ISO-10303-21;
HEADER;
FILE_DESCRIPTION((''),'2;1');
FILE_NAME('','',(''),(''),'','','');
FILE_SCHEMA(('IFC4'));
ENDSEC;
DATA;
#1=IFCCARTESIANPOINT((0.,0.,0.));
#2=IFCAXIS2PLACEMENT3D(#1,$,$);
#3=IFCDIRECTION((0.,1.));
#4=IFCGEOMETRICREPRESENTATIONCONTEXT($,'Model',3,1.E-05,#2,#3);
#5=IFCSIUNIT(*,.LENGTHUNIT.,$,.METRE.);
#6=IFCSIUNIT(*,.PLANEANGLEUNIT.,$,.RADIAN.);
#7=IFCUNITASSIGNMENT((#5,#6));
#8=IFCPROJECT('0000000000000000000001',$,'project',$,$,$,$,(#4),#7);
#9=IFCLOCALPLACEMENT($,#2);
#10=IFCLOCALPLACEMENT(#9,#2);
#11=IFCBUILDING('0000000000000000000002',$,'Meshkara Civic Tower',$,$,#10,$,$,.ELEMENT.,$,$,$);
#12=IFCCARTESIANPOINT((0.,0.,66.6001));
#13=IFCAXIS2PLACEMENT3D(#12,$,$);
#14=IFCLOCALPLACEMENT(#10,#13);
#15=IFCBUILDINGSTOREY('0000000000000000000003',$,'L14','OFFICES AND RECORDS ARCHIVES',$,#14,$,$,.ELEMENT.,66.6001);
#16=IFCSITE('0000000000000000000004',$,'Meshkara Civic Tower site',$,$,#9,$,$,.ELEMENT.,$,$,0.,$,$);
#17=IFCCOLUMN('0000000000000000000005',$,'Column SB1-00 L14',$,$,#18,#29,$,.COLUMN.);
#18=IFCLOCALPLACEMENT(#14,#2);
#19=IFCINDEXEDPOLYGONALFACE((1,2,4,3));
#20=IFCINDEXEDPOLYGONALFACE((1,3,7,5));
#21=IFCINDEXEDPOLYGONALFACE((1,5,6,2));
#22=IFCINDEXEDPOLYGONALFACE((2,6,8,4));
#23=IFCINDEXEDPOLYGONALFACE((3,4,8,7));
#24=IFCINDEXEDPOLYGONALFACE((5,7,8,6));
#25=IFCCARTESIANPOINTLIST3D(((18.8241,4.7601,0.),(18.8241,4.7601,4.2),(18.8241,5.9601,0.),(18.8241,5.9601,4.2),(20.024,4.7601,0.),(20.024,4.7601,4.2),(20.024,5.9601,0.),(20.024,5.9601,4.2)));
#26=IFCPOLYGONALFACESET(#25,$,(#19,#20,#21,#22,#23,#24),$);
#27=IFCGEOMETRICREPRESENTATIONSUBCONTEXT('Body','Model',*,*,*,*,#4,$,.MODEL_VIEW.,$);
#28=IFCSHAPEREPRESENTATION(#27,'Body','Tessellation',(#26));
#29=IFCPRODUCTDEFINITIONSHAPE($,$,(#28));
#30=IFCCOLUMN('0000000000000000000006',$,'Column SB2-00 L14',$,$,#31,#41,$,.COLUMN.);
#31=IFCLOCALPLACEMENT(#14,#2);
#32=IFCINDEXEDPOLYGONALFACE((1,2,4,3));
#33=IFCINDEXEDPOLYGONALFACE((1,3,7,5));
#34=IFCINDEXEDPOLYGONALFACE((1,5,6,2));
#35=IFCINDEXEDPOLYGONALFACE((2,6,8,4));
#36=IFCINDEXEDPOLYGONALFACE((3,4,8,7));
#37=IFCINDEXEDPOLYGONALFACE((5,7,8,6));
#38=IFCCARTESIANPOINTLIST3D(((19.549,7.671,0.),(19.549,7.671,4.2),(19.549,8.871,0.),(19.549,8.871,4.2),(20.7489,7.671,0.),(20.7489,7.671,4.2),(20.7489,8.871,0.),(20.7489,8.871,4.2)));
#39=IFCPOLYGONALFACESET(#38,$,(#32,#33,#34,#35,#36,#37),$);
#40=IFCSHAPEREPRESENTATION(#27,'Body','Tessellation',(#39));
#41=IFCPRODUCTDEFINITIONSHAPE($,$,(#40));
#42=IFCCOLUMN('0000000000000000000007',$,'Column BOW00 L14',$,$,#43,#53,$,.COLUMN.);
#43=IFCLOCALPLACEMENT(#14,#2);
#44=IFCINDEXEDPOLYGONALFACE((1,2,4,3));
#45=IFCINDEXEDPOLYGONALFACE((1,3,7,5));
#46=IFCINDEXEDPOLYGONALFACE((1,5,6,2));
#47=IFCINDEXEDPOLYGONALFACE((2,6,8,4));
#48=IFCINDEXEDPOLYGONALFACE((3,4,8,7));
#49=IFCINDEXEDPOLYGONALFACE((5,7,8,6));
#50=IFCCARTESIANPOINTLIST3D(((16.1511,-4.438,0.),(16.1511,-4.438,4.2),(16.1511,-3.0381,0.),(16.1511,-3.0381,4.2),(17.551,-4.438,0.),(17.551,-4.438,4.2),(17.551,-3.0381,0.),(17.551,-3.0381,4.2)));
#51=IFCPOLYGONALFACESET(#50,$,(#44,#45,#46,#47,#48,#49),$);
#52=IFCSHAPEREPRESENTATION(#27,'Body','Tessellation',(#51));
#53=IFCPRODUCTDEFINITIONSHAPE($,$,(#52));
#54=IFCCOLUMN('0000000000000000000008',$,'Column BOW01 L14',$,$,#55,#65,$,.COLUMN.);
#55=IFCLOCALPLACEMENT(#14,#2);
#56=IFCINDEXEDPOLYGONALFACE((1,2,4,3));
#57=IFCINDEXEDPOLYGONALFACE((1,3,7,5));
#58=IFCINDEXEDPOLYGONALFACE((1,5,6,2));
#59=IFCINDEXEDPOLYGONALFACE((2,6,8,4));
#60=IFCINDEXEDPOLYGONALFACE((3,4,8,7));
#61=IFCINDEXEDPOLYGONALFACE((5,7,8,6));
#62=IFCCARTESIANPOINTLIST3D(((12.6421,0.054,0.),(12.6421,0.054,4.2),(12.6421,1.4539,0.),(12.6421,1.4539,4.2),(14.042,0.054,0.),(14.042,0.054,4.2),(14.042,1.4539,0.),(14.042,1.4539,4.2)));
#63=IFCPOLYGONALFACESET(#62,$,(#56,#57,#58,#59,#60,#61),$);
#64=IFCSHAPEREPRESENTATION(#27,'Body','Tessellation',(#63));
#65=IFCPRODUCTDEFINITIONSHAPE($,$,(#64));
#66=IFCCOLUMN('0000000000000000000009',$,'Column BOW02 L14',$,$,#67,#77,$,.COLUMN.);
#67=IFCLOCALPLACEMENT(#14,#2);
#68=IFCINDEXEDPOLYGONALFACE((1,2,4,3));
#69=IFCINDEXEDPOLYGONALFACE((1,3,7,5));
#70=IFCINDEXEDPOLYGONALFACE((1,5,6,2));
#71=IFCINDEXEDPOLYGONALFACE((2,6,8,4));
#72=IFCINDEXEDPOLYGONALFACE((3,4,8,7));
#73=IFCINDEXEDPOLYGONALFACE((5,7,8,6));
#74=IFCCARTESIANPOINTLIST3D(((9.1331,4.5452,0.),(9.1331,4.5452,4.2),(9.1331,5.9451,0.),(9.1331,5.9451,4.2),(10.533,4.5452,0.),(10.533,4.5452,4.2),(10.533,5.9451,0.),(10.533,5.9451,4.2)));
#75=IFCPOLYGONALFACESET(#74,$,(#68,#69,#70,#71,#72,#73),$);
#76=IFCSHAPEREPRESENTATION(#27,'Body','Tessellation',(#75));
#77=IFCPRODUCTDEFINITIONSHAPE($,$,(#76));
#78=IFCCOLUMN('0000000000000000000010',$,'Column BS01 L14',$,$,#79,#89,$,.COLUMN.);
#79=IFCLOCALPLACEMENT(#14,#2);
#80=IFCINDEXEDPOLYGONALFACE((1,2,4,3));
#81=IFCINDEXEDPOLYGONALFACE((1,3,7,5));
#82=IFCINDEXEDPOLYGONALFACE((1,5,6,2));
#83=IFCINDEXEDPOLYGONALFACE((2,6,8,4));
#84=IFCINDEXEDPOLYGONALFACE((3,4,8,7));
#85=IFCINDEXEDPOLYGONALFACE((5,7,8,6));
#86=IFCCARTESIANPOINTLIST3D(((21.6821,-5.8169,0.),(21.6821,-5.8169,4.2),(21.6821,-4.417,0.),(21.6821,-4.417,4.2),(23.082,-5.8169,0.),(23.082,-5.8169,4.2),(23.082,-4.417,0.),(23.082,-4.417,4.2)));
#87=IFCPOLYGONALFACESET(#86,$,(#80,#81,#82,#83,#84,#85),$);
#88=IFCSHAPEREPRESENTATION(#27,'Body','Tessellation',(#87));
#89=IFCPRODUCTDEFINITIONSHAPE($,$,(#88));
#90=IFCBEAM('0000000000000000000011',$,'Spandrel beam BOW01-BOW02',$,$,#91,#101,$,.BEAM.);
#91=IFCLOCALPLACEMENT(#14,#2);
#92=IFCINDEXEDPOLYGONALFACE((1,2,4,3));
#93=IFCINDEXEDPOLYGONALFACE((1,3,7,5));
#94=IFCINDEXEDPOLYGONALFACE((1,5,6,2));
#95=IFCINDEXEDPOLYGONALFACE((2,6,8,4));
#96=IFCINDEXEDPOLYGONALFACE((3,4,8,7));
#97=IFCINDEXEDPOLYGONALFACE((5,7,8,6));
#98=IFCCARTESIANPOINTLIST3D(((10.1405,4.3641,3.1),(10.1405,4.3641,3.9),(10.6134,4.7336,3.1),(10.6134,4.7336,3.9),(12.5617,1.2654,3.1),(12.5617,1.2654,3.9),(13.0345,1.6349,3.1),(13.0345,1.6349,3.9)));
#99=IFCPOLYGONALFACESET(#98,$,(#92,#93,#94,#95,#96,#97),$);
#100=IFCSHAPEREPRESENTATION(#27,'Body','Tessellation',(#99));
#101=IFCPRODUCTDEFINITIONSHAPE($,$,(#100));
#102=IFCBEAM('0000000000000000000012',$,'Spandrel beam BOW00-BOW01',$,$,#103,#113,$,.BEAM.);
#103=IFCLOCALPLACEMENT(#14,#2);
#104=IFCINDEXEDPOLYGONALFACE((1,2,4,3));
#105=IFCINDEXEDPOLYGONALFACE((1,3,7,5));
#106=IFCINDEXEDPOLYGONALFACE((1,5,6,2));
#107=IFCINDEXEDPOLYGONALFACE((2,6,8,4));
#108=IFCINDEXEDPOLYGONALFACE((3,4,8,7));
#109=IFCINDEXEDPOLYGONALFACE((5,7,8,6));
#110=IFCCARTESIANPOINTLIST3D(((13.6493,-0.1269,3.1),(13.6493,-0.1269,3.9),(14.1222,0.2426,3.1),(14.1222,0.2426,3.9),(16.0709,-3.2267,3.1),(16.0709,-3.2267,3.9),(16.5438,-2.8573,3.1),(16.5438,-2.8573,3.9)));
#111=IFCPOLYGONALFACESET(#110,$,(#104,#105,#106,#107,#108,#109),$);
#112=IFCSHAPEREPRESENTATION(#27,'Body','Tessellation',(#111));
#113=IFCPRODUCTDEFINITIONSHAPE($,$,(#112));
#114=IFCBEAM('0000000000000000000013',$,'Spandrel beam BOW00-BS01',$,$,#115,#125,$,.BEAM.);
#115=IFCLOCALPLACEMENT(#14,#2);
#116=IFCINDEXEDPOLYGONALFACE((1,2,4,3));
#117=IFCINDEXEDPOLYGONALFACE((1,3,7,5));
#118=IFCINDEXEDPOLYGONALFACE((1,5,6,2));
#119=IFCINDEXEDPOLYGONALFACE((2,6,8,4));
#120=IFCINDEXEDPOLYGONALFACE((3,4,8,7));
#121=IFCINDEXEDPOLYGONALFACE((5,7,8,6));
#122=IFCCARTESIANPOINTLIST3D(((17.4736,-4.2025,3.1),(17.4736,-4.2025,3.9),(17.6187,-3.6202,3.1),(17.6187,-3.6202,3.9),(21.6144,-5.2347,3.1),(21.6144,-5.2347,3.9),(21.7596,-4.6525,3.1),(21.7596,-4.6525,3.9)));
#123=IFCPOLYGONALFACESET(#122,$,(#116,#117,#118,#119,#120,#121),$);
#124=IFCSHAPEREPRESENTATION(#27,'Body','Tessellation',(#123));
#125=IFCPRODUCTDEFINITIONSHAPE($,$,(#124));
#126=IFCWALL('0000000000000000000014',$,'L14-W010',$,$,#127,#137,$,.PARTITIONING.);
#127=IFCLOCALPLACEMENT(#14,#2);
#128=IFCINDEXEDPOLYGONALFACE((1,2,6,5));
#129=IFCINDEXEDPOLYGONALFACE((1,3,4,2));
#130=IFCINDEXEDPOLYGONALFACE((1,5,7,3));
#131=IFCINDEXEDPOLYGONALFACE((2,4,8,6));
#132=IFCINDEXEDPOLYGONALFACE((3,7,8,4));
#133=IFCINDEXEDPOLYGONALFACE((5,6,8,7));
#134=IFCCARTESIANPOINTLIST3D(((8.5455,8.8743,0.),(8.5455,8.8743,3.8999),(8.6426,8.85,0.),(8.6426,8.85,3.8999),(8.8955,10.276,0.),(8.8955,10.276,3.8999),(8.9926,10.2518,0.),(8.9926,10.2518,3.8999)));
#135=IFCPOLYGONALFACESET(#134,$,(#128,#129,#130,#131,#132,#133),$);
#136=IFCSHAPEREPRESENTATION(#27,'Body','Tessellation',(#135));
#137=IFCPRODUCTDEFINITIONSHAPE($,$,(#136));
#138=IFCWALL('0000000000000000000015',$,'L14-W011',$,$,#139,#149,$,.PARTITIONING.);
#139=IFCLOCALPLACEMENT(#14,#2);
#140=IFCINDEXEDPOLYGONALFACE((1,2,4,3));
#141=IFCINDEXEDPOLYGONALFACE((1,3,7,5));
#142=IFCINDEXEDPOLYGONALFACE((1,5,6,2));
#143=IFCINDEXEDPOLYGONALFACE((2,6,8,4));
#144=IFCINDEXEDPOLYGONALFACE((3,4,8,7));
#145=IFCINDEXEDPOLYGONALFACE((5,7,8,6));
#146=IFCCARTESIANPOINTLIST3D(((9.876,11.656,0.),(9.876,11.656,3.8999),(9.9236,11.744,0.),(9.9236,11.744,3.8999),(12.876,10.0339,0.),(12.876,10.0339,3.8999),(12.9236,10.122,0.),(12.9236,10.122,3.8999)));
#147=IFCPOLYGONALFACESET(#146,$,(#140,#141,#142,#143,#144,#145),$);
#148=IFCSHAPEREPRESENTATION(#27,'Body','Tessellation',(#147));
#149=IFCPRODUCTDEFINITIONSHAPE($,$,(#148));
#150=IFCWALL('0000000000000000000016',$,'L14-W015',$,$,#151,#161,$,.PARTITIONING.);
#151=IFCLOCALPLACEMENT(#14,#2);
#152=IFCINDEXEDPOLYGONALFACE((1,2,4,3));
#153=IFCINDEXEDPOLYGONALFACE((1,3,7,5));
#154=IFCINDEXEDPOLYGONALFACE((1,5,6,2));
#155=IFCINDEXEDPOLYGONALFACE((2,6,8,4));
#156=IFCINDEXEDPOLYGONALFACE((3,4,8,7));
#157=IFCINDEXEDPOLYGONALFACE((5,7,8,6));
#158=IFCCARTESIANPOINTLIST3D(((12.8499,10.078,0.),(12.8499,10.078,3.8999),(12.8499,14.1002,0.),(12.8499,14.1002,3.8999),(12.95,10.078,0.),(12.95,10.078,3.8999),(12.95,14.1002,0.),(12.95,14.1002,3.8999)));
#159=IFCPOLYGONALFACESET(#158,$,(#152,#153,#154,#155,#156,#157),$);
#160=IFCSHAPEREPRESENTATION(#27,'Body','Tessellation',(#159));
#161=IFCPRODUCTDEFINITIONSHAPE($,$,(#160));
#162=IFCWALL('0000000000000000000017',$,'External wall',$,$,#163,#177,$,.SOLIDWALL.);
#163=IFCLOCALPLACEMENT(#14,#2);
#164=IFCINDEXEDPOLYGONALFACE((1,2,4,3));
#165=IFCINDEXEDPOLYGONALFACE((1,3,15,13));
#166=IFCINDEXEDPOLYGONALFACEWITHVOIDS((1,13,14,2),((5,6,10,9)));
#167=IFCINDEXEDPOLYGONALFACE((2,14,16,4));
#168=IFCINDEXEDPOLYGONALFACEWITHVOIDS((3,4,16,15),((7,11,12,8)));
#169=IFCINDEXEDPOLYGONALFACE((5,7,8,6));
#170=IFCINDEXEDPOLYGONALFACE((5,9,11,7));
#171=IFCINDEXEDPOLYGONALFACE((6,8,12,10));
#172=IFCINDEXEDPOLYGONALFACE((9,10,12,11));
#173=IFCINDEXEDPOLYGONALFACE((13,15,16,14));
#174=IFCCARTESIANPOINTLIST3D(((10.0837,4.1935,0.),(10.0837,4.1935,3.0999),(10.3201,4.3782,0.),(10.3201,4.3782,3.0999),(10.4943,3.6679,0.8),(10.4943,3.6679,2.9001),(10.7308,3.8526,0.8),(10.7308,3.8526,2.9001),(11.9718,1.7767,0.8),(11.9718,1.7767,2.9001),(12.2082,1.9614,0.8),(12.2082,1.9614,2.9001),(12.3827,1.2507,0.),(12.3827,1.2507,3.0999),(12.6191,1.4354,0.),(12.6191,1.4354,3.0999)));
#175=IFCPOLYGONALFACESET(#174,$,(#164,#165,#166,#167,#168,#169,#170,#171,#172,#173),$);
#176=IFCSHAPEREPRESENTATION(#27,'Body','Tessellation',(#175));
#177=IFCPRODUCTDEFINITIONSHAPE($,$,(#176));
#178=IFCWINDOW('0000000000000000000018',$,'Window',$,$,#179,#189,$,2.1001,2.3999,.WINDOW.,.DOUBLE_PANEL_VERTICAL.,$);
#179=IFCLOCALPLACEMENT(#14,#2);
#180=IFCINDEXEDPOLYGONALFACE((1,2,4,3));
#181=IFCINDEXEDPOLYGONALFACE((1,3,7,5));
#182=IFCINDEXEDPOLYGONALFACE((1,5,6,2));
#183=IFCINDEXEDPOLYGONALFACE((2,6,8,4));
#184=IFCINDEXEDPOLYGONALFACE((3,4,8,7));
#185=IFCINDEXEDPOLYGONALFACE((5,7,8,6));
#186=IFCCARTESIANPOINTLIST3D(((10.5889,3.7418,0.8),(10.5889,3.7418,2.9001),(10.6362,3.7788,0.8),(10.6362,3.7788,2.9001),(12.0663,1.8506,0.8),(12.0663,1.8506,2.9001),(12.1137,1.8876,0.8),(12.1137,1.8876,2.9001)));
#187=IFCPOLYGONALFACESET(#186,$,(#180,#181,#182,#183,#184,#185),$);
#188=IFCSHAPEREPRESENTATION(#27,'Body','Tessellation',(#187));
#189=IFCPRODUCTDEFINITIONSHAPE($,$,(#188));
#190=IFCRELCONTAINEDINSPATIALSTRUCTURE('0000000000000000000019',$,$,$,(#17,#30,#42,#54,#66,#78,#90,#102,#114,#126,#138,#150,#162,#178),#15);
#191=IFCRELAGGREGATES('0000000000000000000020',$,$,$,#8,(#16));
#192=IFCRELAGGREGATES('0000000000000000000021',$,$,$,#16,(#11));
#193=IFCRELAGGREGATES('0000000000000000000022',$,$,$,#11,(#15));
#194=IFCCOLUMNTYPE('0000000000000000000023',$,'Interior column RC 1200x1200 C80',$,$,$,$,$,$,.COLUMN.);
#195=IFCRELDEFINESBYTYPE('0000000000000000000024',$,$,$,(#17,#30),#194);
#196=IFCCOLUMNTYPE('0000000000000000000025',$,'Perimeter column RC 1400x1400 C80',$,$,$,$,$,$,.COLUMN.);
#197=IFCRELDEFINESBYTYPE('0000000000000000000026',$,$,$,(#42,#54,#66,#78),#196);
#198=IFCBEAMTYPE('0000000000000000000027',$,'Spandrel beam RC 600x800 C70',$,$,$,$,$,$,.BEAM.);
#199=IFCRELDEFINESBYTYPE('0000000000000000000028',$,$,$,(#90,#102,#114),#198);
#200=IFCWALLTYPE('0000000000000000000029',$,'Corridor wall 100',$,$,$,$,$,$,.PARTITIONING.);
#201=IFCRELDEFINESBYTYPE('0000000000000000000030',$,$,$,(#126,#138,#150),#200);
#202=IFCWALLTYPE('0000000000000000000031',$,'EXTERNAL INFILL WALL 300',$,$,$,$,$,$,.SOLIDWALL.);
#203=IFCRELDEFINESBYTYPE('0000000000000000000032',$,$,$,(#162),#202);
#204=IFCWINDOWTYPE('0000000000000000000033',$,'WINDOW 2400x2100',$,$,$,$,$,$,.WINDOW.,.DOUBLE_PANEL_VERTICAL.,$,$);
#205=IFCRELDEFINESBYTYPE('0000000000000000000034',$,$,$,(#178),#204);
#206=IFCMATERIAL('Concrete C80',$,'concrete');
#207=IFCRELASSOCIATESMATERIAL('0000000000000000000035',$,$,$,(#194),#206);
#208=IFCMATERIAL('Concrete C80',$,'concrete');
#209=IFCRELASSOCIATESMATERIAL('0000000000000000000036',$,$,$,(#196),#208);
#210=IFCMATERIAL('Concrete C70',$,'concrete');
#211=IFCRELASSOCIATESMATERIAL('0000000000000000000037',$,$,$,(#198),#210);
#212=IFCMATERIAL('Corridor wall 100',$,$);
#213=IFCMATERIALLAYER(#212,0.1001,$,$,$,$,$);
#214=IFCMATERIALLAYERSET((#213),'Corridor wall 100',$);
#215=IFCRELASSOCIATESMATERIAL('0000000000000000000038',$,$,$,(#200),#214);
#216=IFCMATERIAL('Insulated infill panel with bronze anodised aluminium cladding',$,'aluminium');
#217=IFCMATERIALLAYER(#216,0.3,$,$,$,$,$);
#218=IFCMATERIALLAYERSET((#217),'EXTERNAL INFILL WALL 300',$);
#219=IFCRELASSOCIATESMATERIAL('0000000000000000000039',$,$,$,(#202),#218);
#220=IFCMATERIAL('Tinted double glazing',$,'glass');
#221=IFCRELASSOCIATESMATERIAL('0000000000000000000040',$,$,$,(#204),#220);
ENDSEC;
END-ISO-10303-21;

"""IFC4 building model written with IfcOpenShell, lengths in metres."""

from ifc_helpers import new_model, si_unit, direction, frame, frame_2d, origin, origin_2d, place, context, subcontext, project, spatial, rectangle, extrude, material, layer, layer_set, material_profile, profile_set, type_object, element, fill, save


model = new_model("IFC4")

# Units and contexts
model_context = context("Model", 3, precision=1e-05, world=origin(), true_north=direction((0.0, 1.0)))
body_context = subcontext(model_context, "Body", "Model", "MODEL_VIEW")
ifc_project = project(units=[si_unit("LENGTHUNIT", "METRE"), si_unit("PLANEANGLEUNIT", "RADIAN")], contexts=[model_context])

# Site, building, storey
site_placement = place(None, origin())
site = spatial("IfcSite", under=ifc_project, at=site_placement, Name="Meshkara Civic Tower site", CompositionType="ELEMENT", RefElevation=0.0)
building_placement = place(site_placement, origin())
building = spatial("IfcBuilding", under=site, at=building_placement, Name="Meshkara Civic Tower", CompositionType="ELEMENT")
storey_placement = place(building_placement, frame((0.0, 0.0, 66.6001)))
storey = spatial("IfcBuildingStorey", under=building, at=storey_placement, Name="L14", Description="OFFICES AND RECORDS ARCHIVES", CompositionType="ELEMENT", Elevation=66.6001)

# Columns
ifc_material_1 = material(Name="Concrete C80", Category="concrete")
ifc_material_profile_1 = material_profile(ifc_material_1, rectangle(XDim=1.2, YDim=1.2, at=origin_2d()))
ifc_profile_set_1 = profile_set([ifc_material_profile_1], Name="Concrete C80")
column_type_1 = type_object("IfcColumnType", Name="Interior column RC 1200x1200 C80", PredefinedType="COLUMN", material=ifc_profile_set_1)
for number, where, z_axis, x_axis, name in (
    (1, (19.4241, 5.3601, 0.0), (0.0, 0.0, 1.0), (1.0, 0.0, 0.0), "Column SB1-00 L14"),
    (2, (20.1489, 8.271, 0.0), (0.0, 0.0, 1.0), (1.0, 0.0, 0.0), "Column SB2-00 L14"),
):
    element("IfcColumn", number, at=place(storey_placement, frame(where, z_axis=z_axis, x_axis=x_axis)), inside=storey, type_object=column_type_1, Name=name, PredefinedType="COLUMN", context=body_context, shape_type="SweptSolid", body=[
        extrude(rectangle(XDim=1.2, YDim=1.2, at=origin_2d()), origin(), (0.0, 0.0, 1.0), 4.2),
    ])
ifc_material_2 = material(Name="Concrete C80", Category="concrete")
ifc_material_profile_2 = material_profile(ifc_material_2, rectangle(XDim=1.3999, YDim=1.3999, at=origin_2d()))
ifc_profile_set_2 = profile_set([ifc_material_profile_2], Name="Concrete C80")
column_type_2 = type_object("IfcColumnType", Name="Perimeter column RC 1400x1400 C80", PredefinedType="COLUMN", material=ifc_profile_set_2)
for number, where, z_axis, x_axis, name in (
    (3, (16.8511, -3.738, 0.0), (0.0, 0.0, 1.0), (1.0, 0.0, 0.0), "Column BOW00 L14"),
    (4, (13.342, 0.7539, 0.0), (0.0, 0.0, 1.0), (1.0, 0.0, 0.0), "Column BOW01 L14"),
    (5, (9.833, 5.2451, 0.0), (0.0, 0.0, 1.0), (1.0, 0.0, 0.0), "Column BOW02 L14"),
    (6, (22.3821, -5.1169, 0.0), (0.0, 0.0, 1.0), (1.0, 0.0, 0.0), "Column BS01 L14"),
):
    element("IfcColumn", number, at=place(storey_placement, frame(where, z_axis=z_axis, x_axis=x_axis)), inside=storey, type_object=column_type_2, Name=name, PredefinedType="COLUMN", context=body_context, shape_type="SweptSolid", body=[
        extrude(rectangle(XDim=1.3999, YDim=1.3999, at=origin_2d()), origin(), (0.0, 0.0, 1.0), 4.2),
    ])

# Beams
ifc_material_3 = material(Name="Concrete C70", Category="concrete")
ifc_material_profile_3 = material_profile(ifc_material_3, rectangle(XDim=0.6001, YDim=0.8, at=origin_2d()))
ifc_profile_set_3 = profile_set([ifc_material_profile_3], Name="Concrete C70")
beam_type = type_object("IfcBeamType", Name="Spandrel beam RC 600x800 C70", PredefinedType="BEAM", material=ifc_profile_set_3)
beam_1_placement = place(storey_placement, frame((10.377, 4.5488, 3.5), z_axis=(0.615697, -0.787983, 0.0), x_axis=(0.787983, 0.615697, 0.0)))
element("IfcBeam", 7, at=beam_1_placement, inside=storey, type_object=beam_type, Name="Spandrel beam BOW01-BOW02", PredefinedType="BEAM", context=body_context, shape_type="SweptSolid", body=[
    extrude(rectangle(XDim=0.6001, YDim=0.8, at=origin_2d()), origin(), (0.0, 0.0, 1.0), 3.9324),
])
beam_2_placement = place(storey_placement, frame((13.8857, 0.0579, 3.5), z_axis=(0.615624, -0.78804, 0.0), x_axis=(0.78804, 0.615624, 0.0)))
element("IfcBeam", 8, at=beam_2_placement, inside=storey, type_object=beam_type, Name="Spandrel beam BOW00-BOW01", PredefinedType="BEAM", context=body_context, shape_type="SweptSolid", body=[
    extrude(rectangle(XDim=0.6001, YDim=0.8, at=origin_2d()), origin(), (0.0, 0.0, 1.0), 3.9336),
])
beam_3_placement = place(storey_placement, frame((17.5461, -3.9114, 3.5), z_axis=(0.970307, -0.241876, 0.0), x_axis=(0.241876, 0.970307, 0.0)))
element("IfcBeam", 9, at=beam_3_placement, inside=storey, type_object=beam_type, Name="Spandrel beam BOW00-BS01", PredefinedType="BEAM", context=body_context, shape_type="SweptSolid", body=[
    extrude(rectangle(XDim=0.6001, YDim=0.8, at=origin_2d()), origin(), (0.0, 0.0, 1.0), 4.2676),
])

# Walls
ifc_material_4 = material(Name="Corridor wall 100")
ifc_layer_1 = layer(ifc_material_4, 0.1001)
ifc_layer_set_1 = layer_set([ifc_layer_1], Name="Corridor wall 100")
wall_type_1 = type_object("IfcWallType", Name="Corridor wall 100", PredefinedType="PARTITIONING", material=ifc_layer_set_1)
wall_1_placement = place(storey_placement, frame((8.9441, 10.2639, 0.0), z_axis=(0.0, 0.0, 1.0), x_axis=(-0.242297, -0.970202, 0.0)))
element("IfcWall", 10, at=wall_1_placement, inside=storey, type_object=wall_type_1, Name="L14-W010", PredefinedType="PARTITIONING", context=body_context, shape_type="SweptSolid", body=[
    extrude(rectangle(XDim=1.4448, YDim=0.1001, at=frame_2d((0.7224, 0.0))), origin(), (0.0, 0.0, 1.0), 3.8999),
])
wall_2_placement = place(storey_placement, frame((9.8999, 11.7, 0.0), z_axis=(0.0, 0.0, 1.0), x_axis=(0.879651, -0.475619, 0.0)))
element("IfcWall", 11, at=wall_2_placement, inside=storey, type_object=wall_type_1, Name="L14-W011", PredefinedType="PARTITIONING", context=body_context, shape_type="SweptSolid", body=[
    extrude(rectangle(XDim=3.4104, YDim=0.1001, at=frame_2d((1.7051, 0.0))), origin(), (0.0, 0.0, 1.0), 3.8999),
])
wall_3_placement = place(storey_placement, frame((12.8999, 10.0779, 0.0), z_axis=(0.0, 0.0, 1.0), x_axis=(0.0, 1.0, 0.0)))
element("IfcWall", 12, at=wall_3_placement, inside=storey, type_object=wall_type_1, Name="L14-W015", PredefinedType="PARTITIONING", context=body_context, shape_type="SweptSolid", body=[
    extrude(rectangle(XDim=4.0222, YDim=0.1001, at=frame_2d((2.0112, 0.0))), origin(), (0.0, 0.0, 1.0), 3.8999),
])

# Wall, opening, window
ifc_material_5 = material(Name="Insulated infill panel with bronze anodised aluminium cladding", Category="aluminium")
ifc_layer_2 = layer(ifc_material_5, 0.3)
ifc_layer_set_2 = layer_set([ifc_layer_2], Name="EXTERNAL INFILL WALL 300")
wall_type_2 = type_object("IfcWallType", Name="EXTERNAL INFILL WALL 300", PredefinedType="SOLIDWALL", material=ifc_layer_set_2)
wall_4_placement = place(storey_placement, frame((10.2019, 4.2859, 0.0), z_axis=(0.0, 0.0, 1.0), x_axis=(0.615636, -0.78803, 0.0)))
wall_4 = element("IfcWall", 13, at=wall_4_placement, inside=storey, type_object=wall_type_2, Name="External wall", PredefinedType="SOLIDWALL", context=body_context, shape_type="SweptSolid", body=[
    extrude(rectangle(XDim=3.7344, YDim=0.3, at=frame_2d((1.8672, 0.0))), origin(), (0.0, 0.0, 1.0), 3.0999),
])
opening_1_placement = place(wall_4_placement, frame((0.667, 0.0, 0.8)))
opening_1 = element("IfcOpeningElement", 14, at=opening_1_placement, cuts=wall_4, PredefinedType="OPENING", context=body_context, shape_type="SweptSolid", body=[
    extrude(rectangle(XDim=2.3999, YDim=2.1001, at=frame_2d((1.2, 1.05))), frame((0.0, 0.1599, 0.0), z_axis=(0.0, -1.0, 0.0), x_axis=(1.0, 0.0, 0.0)), (0.0, 0.0, 1.0), 0.3201),
])
ifc_material_6 = material(Name="Tinted double glazing", Category="glass")
window_type = type_object("IfcWindowType", Name="WINDOW 2400x2100", PartitioningType="DOUBLE_PANEL_VERTICAL", PredefinedType="WINDOW", material=ifc_material_6)
window_1_placement = place(opening_1_placement, origin())
window_1 = element("IfcWindow", 15, at=window_1_placement, inside=storey, type_object=window_type, Name="Window", OverallHeight=2.1001, OverallWidth=2.3999, PartitioningType="DOUBLE_PANEL_VERTICAL", PredefinedType="WINDOW", context=body_context, shape_type="SweptSolid", body=[
    extrude(rectangle(XDim=2.3999, YDim=2.1001, at=frame_2d((1.2, 1.05))), frame((0.0, 0.03, 0.0), z_axis=(0.0, -1.0, 0.0), x_axis=(1.0, 0.0, 0.0)), (0.0, 0.0, 1.0), 0.0601),
])
fill(opening_1, window_1)

save(model, "model.ifc")
